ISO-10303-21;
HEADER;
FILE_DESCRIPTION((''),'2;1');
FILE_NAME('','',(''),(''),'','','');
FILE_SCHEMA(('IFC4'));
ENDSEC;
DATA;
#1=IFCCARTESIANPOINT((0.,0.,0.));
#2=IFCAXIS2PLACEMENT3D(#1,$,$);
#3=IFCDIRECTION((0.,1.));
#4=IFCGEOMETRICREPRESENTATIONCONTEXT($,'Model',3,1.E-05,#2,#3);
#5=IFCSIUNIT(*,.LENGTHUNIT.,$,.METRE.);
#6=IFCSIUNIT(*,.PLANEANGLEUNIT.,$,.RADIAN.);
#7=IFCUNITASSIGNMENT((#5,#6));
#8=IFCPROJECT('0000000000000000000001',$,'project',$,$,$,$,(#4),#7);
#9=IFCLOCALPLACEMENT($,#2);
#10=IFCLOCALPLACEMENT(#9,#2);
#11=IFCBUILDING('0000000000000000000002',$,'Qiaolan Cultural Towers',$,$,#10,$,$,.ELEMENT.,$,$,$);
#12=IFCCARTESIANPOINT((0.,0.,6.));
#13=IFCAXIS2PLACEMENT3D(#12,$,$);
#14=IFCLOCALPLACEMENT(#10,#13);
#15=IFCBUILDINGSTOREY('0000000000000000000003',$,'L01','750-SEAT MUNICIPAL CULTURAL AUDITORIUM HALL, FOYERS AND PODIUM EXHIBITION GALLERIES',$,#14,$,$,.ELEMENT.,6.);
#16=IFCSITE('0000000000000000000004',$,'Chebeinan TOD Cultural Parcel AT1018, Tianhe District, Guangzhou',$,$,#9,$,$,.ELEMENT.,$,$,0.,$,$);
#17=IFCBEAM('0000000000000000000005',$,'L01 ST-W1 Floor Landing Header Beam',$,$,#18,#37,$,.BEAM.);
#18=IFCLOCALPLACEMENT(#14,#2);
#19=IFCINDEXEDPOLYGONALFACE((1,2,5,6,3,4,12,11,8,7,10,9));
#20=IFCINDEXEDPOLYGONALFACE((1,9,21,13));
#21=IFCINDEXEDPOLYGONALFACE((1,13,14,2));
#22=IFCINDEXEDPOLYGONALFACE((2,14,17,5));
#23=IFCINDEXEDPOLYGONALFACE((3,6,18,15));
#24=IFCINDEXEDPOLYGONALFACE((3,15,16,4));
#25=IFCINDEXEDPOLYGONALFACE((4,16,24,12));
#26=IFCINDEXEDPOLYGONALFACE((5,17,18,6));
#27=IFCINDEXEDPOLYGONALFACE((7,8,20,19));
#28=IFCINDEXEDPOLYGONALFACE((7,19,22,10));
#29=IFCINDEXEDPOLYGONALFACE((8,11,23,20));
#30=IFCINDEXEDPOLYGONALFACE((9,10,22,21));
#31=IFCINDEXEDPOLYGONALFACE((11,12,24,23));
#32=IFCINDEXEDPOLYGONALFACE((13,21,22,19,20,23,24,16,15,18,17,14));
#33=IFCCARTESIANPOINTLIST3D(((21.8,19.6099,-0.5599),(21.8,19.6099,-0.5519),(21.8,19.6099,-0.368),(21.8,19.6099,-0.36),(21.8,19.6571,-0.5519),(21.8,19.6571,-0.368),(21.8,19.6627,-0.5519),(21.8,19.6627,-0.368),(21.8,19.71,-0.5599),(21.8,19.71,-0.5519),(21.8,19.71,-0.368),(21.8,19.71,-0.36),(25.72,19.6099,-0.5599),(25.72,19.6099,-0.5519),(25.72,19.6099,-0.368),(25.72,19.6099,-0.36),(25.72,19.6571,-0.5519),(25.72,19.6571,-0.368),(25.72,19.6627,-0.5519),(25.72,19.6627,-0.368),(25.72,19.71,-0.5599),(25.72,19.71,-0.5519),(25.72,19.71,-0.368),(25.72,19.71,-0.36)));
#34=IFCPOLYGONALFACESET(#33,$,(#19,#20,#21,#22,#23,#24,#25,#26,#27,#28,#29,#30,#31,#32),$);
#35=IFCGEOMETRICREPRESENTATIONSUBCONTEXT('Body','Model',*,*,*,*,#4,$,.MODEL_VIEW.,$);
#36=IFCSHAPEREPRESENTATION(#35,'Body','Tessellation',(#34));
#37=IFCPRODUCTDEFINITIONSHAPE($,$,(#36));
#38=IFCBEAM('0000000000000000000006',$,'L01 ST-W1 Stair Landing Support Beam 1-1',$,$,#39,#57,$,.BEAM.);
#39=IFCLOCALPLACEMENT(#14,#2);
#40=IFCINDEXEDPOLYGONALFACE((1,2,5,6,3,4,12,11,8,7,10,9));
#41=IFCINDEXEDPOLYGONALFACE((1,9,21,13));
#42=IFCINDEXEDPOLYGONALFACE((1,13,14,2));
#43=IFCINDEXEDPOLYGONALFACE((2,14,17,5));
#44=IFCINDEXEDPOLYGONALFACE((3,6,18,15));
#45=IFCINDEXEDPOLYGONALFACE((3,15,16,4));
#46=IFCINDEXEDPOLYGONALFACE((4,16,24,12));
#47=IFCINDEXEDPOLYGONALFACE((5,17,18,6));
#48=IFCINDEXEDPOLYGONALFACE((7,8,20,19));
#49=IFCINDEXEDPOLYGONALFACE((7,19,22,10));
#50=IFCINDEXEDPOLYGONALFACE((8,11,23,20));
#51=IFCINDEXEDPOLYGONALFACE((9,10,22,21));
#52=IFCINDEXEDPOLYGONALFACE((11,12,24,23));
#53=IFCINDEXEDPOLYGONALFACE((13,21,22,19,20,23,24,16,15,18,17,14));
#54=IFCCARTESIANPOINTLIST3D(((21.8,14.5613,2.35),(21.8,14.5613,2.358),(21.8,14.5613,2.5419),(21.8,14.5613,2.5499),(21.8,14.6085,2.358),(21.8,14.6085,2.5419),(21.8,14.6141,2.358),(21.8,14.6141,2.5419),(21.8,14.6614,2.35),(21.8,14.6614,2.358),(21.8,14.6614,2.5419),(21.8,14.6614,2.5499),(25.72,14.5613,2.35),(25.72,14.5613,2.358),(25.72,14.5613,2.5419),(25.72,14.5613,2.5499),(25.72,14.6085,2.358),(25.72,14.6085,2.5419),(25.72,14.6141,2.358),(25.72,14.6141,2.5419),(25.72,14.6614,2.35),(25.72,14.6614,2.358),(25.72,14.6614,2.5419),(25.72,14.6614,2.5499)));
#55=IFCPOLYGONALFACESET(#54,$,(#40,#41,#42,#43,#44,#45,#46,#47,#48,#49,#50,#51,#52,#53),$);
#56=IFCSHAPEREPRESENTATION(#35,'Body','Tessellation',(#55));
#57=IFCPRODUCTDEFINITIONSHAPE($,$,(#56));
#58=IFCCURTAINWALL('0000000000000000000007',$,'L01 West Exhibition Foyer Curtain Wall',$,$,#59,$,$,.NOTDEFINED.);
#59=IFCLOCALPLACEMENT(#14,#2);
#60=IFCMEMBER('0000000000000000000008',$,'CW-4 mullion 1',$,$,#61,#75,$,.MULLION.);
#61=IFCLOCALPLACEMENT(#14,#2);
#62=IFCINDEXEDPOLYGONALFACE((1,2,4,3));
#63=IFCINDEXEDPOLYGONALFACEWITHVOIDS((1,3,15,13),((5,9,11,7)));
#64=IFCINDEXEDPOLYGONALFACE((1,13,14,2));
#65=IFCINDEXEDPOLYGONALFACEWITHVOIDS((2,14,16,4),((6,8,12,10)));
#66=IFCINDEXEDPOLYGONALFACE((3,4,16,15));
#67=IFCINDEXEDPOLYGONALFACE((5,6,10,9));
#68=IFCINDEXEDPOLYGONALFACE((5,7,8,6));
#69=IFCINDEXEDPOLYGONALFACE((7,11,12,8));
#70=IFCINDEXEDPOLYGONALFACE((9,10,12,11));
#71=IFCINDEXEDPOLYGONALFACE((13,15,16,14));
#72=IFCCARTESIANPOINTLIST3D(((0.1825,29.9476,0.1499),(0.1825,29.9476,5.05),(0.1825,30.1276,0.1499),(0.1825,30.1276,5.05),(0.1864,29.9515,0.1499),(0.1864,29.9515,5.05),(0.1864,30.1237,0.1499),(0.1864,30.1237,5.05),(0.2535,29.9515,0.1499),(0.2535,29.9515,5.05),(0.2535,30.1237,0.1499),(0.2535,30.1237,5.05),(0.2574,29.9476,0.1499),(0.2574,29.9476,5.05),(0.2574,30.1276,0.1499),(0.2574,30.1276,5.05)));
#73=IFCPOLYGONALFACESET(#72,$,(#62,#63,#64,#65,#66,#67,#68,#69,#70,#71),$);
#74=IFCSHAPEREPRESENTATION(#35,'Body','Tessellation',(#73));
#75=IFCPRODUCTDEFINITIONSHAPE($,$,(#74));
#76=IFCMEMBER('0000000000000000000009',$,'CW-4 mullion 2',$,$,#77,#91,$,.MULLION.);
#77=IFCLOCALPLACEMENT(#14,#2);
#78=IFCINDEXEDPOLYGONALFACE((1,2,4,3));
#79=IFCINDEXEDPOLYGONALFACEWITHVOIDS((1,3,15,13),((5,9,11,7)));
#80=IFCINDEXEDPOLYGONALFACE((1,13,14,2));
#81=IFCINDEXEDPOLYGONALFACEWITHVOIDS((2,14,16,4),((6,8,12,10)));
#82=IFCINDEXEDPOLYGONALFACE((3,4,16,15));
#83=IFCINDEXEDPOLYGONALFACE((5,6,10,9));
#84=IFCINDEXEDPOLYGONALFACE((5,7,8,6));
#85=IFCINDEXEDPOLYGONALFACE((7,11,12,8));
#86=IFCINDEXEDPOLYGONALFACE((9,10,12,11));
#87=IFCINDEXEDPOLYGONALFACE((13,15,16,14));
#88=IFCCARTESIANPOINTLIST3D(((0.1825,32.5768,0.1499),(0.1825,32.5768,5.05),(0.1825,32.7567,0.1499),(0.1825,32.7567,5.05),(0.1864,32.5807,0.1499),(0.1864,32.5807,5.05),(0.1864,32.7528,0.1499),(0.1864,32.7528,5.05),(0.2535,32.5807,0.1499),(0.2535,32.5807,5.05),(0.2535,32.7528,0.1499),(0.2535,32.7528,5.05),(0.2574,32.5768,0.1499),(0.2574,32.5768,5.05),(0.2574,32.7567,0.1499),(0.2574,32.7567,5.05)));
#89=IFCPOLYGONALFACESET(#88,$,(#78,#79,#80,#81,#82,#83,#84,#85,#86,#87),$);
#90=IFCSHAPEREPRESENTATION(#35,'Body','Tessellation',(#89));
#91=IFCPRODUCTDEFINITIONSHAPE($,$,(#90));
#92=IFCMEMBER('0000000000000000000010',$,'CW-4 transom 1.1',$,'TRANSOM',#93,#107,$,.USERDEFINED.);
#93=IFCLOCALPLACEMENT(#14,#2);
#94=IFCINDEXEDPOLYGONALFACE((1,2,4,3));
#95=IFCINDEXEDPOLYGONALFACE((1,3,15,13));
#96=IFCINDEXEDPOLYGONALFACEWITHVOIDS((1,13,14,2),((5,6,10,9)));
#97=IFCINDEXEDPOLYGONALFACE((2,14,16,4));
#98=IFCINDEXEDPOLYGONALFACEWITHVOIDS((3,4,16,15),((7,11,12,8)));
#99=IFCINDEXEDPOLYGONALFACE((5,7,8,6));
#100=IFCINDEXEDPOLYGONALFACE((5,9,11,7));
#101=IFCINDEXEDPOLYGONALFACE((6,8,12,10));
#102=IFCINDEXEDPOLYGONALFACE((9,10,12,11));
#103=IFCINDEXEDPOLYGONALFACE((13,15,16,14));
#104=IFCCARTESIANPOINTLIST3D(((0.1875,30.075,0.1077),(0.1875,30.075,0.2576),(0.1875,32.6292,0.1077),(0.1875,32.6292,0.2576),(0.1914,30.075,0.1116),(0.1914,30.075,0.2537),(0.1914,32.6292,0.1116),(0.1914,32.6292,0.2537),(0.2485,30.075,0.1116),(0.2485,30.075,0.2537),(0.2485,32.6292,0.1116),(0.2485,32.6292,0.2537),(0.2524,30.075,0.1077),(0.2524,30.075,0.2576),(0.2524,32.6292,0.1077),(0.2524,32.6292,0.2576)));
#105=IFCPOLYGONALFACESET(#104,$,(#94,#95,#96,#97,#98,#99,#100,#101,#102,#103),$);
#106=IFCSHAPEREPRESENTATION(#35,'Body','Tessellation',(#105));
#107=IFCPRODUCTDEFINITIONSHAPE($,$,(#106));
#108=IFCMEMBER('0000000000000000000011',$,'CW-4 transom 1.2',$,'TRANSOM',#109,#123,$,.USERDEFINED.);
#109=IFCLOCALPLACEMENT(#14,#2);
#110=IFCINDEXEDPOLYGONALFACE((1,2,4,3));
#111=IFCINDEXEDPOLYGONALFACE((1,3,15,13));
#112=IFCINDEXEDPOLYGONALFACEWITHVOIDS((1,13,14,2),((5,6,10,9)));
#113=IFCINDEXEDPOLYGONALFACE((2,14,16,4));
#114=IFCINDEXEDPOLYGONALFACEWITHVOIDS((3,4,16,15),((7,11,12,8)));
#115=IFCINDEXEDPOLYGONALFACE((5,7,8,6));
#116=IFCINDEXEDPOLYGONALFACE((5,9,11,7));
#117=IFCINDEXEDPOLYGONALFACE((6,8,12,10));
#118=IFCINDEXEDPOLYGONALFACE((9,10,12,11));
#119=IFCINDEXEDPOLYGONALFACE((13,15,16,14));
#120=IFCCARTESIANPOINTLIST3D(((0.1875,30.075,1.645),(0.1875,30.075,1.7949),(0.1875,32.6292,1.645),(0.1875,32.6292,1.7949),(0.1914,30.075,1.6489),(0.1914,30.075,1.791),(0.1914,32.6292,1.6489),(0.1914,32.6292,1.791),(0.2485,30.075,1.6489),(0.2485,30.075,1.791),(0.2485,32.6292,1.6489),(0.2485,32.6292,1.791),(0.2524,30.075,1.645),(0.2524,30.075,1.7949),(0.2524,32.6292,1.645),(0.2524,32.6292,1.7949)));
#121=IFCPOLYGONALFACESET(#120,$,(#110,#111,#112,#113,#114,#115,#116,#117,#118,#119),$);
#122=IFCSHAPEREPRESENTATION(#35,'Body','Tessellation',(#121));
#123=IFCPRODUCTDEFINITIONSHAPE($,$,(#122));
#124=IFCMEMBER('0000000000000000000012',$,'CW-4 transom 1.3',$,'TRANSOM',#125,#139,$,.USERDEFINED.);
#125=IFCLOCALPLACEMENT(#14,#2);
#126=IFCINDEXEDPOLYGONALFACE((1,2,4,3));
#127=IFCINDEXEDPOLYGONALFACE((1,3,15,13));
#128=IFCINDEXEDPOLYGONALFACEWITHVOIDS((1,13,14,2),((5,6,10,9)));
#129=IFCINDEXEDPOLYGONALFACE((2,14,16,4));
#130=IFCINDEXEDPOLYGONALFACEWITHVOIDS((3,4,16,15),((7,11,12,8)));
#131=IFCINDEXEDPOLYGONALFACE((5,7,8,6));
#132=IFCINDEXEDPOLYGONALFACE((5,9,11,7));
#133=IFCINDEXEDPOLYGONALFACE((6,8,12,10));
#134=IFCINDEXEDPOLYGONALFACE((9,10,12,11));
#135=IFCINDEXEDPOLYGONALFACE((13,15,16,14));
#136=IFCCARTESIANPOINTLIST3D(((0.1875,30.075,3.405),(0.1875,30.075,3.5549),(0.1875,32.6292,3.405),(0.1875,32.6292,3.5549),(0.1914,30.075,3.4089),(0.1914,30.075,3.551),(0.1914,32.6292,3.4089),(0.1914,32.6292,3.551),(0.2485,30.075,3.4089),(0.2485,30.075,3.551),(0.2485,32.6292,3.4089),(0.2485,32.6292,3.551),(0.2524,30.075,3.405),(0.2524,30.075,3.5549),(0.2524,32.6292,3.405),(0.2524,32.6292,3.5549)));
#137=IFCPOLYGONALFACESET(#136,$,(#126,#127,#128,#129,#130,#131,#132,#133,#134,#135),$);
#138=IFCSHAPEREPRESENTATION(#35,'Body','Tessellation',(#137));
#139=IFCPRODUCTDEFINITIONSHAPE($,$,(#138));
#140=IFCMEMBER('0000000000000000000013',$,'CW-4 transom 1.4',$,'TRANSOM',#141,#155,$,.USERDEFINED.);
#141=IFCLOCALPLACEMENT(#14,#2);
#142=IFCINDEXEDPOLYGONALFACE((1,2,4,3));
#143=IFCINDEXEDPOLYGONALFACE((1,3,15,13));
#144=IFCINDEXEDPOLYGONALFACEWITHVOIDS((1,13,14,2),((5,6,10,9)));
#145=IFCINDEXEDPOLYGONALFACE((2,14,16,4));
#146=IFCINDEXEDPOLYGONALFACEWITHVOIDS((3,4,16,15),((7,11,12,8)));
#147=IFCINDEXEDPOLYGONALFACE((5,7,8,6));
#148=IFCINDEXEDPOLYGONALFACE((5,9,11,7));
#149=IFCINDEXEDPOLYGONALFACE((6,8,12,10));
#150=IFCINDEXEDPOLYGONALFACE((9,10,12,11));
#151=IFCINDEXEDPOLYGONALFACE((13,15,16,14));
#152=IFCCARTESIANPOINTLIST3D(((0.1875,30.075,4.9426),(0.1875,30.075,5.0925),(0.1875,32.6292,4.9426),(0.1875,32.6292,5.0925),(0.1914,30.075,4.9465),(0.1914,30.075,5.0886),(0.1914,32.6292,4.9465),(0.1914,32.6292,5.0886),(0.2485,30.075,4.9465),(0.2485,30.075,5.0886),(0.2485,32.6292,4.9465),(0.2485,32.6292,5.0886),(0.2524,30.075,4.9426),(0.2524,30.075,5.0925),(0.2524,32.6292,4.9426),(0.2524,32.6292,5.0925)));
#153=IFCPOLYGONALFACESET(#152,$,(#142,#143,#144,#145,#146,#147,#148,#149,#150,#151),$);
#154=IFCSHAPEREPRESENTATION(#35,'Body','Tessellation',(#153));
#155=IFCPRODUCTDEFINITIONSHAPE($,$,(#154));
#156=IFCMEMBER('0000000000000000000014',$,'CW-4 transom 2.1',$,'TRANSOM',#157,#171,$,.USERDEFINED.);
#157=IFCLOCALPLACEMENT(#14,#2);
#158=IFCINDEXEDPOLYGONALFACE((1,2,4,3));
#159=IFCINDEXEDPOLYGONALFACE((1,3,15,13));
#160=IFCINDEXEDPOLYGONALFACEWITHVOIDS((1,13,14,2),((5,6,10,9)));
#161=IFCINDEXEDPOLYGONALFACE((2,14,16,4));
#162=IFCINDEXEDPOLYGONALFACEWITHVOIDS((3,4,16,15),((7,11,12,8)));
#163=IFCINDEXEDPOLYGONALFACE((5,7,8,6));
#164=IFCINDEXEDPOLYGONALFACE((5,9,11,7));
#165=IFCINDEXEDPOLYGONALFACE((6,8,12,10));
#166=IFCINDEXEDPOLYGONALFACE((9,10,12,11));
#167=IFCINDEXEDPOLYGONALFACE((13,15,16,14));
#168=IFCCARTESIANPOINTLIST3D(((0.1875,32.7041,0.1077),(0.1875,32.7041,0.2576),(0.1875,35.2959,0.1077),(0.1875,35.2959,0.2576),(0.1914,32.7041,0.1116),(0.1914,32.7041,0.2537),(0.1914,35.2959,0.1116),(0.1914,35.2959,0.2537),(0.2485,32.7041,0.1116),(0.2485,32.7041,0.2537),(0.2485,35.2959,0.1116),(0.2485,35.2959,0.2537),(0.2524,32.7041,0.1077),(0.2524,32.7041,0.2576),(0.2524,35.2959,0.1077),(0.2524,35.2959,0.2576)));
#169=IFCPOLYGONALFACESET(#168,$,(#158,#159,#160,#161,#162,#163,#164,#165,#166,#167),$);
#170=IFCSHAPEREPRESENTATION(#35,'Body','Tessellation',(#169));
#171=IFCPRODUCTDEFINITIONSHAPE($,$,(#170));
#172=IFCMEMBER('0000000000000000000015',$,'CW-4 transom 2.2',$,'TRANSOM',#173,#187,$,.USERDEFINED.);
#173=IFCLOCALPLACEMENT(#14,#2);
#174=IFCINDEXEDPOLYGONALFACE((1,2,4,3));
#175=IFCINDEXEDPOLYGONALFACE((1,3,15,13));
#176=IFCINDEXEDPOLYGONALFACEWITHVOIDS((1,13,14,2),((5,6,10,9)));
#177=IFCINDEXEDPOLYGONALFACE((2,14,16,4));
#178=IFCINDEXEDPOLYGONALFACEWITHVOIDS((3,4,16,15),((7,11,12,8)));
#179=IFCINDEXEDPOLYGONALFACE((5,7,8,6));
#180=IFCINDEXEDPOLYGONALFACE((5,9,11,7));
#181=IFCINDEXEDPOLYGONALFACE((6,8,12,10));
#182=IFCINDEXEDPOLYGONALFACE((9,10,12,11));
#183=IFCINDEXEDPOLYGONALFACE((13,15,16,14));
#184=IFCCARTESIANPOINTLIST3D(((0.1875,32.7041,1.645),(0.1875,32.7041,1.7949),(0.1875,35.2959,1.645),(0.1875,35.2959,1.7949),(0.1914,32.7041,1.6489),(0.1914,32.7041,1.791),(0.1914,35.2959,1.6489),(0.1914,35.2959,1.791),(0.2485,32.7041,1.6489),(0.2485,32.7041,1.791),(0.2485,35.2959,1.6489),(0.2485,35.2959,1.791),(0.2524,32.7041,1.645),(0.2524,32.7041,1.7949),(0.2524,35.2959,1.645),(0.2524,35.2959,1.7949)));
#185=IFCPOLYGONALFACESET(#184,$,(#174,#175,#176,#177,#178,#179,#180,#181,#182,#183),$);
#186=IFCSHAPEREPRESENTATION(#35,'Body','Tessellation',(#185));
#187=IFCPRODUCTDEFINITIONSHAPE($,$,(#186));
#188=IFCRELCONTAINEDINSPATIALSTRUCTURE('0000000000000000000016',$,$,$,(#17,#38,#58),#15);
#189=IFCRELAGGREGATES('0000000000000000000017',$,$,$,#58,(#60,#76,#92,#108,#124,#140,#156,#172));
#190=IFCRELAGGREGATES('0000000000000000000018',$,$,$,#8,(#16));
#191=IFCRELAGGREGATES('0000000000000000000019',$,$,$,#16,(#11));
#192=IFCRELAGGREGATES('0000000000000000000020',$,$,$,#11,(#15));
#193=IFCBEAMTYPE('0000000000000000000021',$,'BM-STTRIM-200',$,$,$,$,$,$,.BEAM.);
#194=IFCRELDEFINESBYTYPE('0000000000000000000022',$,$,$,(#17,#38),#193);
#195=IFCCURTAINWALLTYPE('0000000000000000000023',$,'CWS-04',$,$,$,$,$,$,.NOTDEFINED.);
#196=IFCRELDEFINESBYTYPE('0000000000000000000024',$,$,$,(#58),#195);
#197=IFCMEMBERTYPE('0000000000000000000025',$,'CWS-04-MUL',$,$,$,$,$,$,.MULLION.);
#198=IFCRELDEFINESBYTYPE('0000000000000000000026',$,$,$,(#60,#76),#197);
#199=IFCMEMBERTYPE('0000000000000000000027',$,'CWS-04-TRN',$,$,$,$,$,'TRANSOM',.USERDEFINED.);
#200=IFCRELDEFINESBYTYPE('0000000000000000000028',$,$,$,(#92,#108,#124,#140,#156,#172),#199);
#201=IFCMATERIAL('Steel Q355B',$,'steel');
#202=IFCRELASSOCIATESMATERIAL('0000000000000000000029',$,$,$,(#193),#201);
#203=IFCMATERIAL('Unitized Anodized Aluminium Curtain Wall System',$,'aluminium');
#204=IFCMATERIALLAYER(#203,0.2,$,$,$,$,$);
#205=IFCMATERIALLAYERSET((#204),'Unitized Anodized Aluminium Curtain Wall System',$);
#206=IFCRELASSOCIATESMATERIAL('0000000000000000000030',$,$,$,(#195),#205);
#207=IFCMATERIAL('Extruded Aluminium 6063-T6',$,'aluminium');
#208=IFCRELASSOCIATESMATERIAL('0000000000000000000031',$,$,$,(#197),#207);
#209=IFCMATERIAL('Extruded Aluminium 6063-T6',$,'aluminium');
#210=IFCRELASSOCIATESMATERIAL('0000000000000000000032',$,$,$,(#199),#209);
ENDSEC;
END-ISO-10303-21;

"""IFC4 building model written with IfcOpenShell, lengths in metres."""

from ifc_helpers import new_model, si_unit, direction, frame, origin, origin_2d, place, context, subcontext, project, spatial, hollow_rectangle, i_section, extrude, material, layer, layer_set, material_profile, profile_set, type_object, element, aggregate, save


model = new_model("IFC4")

# Units and contexts
model_context = context("Model", 3, precision=1e-05, world=origin(), true_north=direction((0.0, 1.0)))
body_context = subcontext(model_context, "Body", "Model", "MODEL_VIEW")
ifc_project = project(units=[si_unit("LENGTHUNIT", "METRE"), si_unit("PLANEANGLEUNIT", "RADIAN")], contexts=[model_context])

# Site, building, storey
site_placement = place(None, origin())
site = spatial("IfcSite", under=ifc_project, at=site_placement, Name="Chebeinan TOD Cultural Parcel AT1018, Tianhe District, Guangzhou", CompositionType="ELEMENT", RefElevation=0.0)
building_placement = place(site_placement, origin())
building = spatial("IfcBuilding", under=site, at=building_placement, Name="Qiaolan Cultural Towers", CompositionType="ELEMENT")
storey_placement = place(building_placement, frame((0.0, 0.0, 6.0)))
storey = spatial("IfcBuildingStorey", under=building, at=storey_placement, Name="L01", Description="750-SEAT MUNICIPAL CULTURAL AUDITORIUM HALL, FOYERS AND PODIUM EXHIBITION GALLERIES", CompositionType="ELEMENT", Elevation=6.0)

# Beams
ifc_material_1 = material(Name="Steel Q355B", Category="steel")
ifc_material_profile_1 = material_profile(ifc_material_1, i_section(OverallWidth=0.1001, OverallDepth=0.2, WebThickness=0.0056, FlangeThickness=0.0081, at=origin_2d()), Name="HN200x100x5.5x8")
ifc_profile_set_1 = profile_set([ifc_material_profile_1], Name="Steel Q355B")
beam_type_1 = type_object("IfcBeamType", Name="BM-STTRIM-200", PredefinedType="BEAM", material=ifc_profile_set_1)
for number, where, z_axis, x_axis, name in (
    (1, (21.8, 19.6599, -0.46), (1.0, 0.0, 0.0), (0.0, 1.0, 0.0), "L01 ST-W1 Floor Landing Header Beam"),
    (2, (21.8, 14.6113, 2.45), (1.0, 0.0, 0.0), (0.0, 1.0, 0.0), "L01 ST-W1 Stair Landing Support Beam 1-1"),
):
    element("IfcBeam", number, at=place(storey_placement, frame(where, z_axis=z_axis, x_axis=x_axis)), inside=storey, type_object=beam_type_1, Name=name, PredefinedType="BEAM", context=body_context, shape_type="SweptSolid", body=[
        extrude(i_section(OverallWidth=0.1001, OverallDepth=0.2, WebThickness=0.0056, FlangeThickness=0.0081, at=origin_2d()), origin(), (0.0, 0.0, 1.0), 3.9199),
    ])

# Curtain wall, members
ifc_material_2 = material(Name="Unitized Anodized Aluminium Curtain Wall System", Category="aluminium")
ifc_layer_1 = layer(ifc_material_2, 0.2)
ifc_layer_set_1 = layer_set([ifc_layer_1], Name="Unitized Anodized Aluminium Curtain Wall System")
curtain_wall_type = type_object("IfcCurtainWallType", Name="CWS-04", PredefinedType="NOTDEFINED", material=ifc_layer_set_1)
curtain_wall_placement = place(storey_placement, origin())
curtain_wall = element("IfcCurtainWall", 3, at=curtain_wall_placement, inside=storey, type_object=curtain_wall_type, Name="L01 West Exhibition Foyer Curtain Wall", PredefinedType="NOTDEFINED")
ifc_material_3 = material(Name="Extruded Aluminium 6063-T6", Category="aluminium")
ifc_material_profile_2 = material_profile(ifc_material_3, hollow_rectangle(XDim=0.075, YDim=0.1799, WallThickness=0.0039, at=origin_2d()), Name="CWM-180x75x4")
ifc_profile_set_2 = profile_set([ifc_material_profile_2], Name="Extruded Aluminium 6063-T6")
member_type_1 = type_object("IfcMemberType", Name="CWS-04-MUL", PredefinedType="MULLION", material=ifc_profile_set_2)
member_1_placement = place(storey_placement, frame((0.22, 30.0376, 0.1499), z_axis=(0.0, 0.0, 1.0), x_axis=(-1.0, 0.0, 0.0)))
member_1 = element("IfcMember", 4, at=member_1_placement, type_object=member_type_1, Name="CW-4 mullion 1", PredefinedType="MULLION", context=body_context, shape_type="SweptSolid", body=[
    extrude(hollow_rectangle(XDim=0.075, YDim=0.1799, WallThickness=0.0039, at=origin_2d()), origin(), (0.0, 0.0, 1.0), 4.9001),
])
member_2_placement = place(storey_placement, frame((0.22, 32.6667, 0.1499), z_axis=(0.0, 0.0, 1.0), x_axis=(-1.0, 0.0, 0.0)))
member_2 = element("IfcMember", 5, at=member_2_placement, type_object=member_type_1, Name="CW-4 mullion 2", PredefinedType="MULLION", context=body_context, shape_type="SweptSolid", body=[
    extrude(hollow_rectangle(XDim=0.075, YDim=0.1799, WallThickness=0.0039, at=origin_2d()), origin(), (0.0, 0.0, 1.0), 4.9001),
])
ifc_material_4 = material(Name="Extruded Aluminium 6063-T6", Category="aluminium")
ifc_material_profile_3 = material_profile(ifc_material_4, hollow_rectangle(XDim=0.0649, YDim=0.1499, WallThickness=0.0039, at=origin_2d()), Name="CWT-150x65x4")
ifc_profile_set_3 = profile_set([ifc_material_profile_3], Name="Extruded Aluminium 6063-T6")
member_type_2 = type_object("IfcMemberType", Name="CWS-04-TRN", ElementType="TRANSOM", PredefinedType="USERDEFINED", material=ifc_profile_set_3)
member_3_placement = place(storey_placement, frame((0.22, 30.075, 0.1826), z_axis=(0.0, 1.0, 0.0), x_axis=(-1.0, 0.0, 0.0)))
member_3 = element("IfcMember", 6, at=member_3_placement, type_object=member_type_2, Name="CW-4 transom 1.1", ObjectType="TRANSOM", PredefinedType="USERDEFINED", context=body_context, shape_type="SweptSolid", body=[
    extrude(hollow_rectangle(XDim=0.0649, YDim=0.1499, WallThickness=0.0039, at=origin_2d()), origin(), (0.0, 0.0, 1.0), 2.5542),
])
member_4_placement = place(storey_placement, frame((0.22, 30.075, 1.72), z_axis=(0.0, 1.0, 0.0), x_axis=(-1.0, 0.0, 0.0)))
member_4 = element("IfcMember", 7, at=member_4_placement, type_object=member_type_2, Name="CW-4 transom 1.2", ObjectType="TRANSOM", PredefinedType="USERDEFINED", context=body_context, shape_type="SweptSolid", body=[
    extrude(hollow_rectangle(XDim=0.0649, YDim=0.1499, WallThickness=0.0039, at=origin_2d()), origin(), (0.0, 0.0, 1.0), 2.5542),
])
member_5_placement = place(storey_placement, frame((0.22, 30.075, 3.48), z_axis=(0.0, 1.0, 0.0), x_axis=(-1.0, 0.0, 0.0)))
member_5 = element("IfcMember", 8, at=member_5_placement, type_object=member_type_2, Name="CW-4 transom 1.3", ObjectType="TRANSOM", PredefinedType="USERDEFINED", context=body_context, shape_type="SweptSolid", body=[
    extrude(hollow_rectangle(XDim=0.0649, YDim=0.1499, WallThickness=0.0039, at=origin_2d()), origin(), (0.0, 0.0, 1.0), 2.5542),
])
member_6_placement = place(storey_placement, frame((0.22, 30.075, 5.0176), z_axis=(0.0, 1.0, 0.0), x_axis=(-1.0, 0.0, 0.0)))
member_6 = element("IfcMember", 9, at=member_6_placement, type_object=member_type_2, Name="CW-4 transom 1.4", ObjectType="TRANSOM", PredefinedType="USERDEFINED", context=body_context, shape_type="SweptSolid", body=[
    extrude(hollow_rectangle(XDim=0.0649, YDim=0.1499, WallThickness=0.0039, at=origin_2d()), origin(), (0.0, 0.0, 1.0), 2.5542),
])
member_7_placement = place(storey_placement, frame((0.22, 32.7041, 0.1826), z_axis=(0.0, 1.0, 0.0), x_axis=(-1.0, 0.0, 0.0)))
member_7 = element("IfcMember", 10, at=member_7_placement, type_object=member_type_2, Name="CW-4 transom 2.1", ObjectType="TRANSOM", PredefinedType="USERDEFINED", context=body_context, shape_type="SweptSolid", body=[
    extrude(hollow_rectangle(XDim=0.0649, YDim=0.1499, WallThickness=0.0039, at=origin_2d()), origin(), (0.0, 0.0, 1.0), 2.5918),
])
member_8_placement = place(storey_placement, frame((0.22, 32.7041, 1.72), z_axis=(0.0, 1.0, 0.0), x_axis=(-1.0, 0.0, 0.0)))
member_8 = element("IfcMember", 11, at=member_8_placement, type_object=member_type_2, Name="CW-4 transom 2.2", ObjectType="TRANSOM", PredefinedType="USERDEFINED", context=body_context, shape_type="SweptSolid", body=[
    extrude(hollow_rectangle(XDim=0.0649, YDim=0.1499, WallThickness=0.0039, at=origin_2d()), origin(), (0.0, 0.0, 1.0), 2.5918),
])
aggregate(curtain_wall, [member_1, member_2, member_3, member_4, member_5, member_6, member_7, member_8])

save(model, "model.ifc")
